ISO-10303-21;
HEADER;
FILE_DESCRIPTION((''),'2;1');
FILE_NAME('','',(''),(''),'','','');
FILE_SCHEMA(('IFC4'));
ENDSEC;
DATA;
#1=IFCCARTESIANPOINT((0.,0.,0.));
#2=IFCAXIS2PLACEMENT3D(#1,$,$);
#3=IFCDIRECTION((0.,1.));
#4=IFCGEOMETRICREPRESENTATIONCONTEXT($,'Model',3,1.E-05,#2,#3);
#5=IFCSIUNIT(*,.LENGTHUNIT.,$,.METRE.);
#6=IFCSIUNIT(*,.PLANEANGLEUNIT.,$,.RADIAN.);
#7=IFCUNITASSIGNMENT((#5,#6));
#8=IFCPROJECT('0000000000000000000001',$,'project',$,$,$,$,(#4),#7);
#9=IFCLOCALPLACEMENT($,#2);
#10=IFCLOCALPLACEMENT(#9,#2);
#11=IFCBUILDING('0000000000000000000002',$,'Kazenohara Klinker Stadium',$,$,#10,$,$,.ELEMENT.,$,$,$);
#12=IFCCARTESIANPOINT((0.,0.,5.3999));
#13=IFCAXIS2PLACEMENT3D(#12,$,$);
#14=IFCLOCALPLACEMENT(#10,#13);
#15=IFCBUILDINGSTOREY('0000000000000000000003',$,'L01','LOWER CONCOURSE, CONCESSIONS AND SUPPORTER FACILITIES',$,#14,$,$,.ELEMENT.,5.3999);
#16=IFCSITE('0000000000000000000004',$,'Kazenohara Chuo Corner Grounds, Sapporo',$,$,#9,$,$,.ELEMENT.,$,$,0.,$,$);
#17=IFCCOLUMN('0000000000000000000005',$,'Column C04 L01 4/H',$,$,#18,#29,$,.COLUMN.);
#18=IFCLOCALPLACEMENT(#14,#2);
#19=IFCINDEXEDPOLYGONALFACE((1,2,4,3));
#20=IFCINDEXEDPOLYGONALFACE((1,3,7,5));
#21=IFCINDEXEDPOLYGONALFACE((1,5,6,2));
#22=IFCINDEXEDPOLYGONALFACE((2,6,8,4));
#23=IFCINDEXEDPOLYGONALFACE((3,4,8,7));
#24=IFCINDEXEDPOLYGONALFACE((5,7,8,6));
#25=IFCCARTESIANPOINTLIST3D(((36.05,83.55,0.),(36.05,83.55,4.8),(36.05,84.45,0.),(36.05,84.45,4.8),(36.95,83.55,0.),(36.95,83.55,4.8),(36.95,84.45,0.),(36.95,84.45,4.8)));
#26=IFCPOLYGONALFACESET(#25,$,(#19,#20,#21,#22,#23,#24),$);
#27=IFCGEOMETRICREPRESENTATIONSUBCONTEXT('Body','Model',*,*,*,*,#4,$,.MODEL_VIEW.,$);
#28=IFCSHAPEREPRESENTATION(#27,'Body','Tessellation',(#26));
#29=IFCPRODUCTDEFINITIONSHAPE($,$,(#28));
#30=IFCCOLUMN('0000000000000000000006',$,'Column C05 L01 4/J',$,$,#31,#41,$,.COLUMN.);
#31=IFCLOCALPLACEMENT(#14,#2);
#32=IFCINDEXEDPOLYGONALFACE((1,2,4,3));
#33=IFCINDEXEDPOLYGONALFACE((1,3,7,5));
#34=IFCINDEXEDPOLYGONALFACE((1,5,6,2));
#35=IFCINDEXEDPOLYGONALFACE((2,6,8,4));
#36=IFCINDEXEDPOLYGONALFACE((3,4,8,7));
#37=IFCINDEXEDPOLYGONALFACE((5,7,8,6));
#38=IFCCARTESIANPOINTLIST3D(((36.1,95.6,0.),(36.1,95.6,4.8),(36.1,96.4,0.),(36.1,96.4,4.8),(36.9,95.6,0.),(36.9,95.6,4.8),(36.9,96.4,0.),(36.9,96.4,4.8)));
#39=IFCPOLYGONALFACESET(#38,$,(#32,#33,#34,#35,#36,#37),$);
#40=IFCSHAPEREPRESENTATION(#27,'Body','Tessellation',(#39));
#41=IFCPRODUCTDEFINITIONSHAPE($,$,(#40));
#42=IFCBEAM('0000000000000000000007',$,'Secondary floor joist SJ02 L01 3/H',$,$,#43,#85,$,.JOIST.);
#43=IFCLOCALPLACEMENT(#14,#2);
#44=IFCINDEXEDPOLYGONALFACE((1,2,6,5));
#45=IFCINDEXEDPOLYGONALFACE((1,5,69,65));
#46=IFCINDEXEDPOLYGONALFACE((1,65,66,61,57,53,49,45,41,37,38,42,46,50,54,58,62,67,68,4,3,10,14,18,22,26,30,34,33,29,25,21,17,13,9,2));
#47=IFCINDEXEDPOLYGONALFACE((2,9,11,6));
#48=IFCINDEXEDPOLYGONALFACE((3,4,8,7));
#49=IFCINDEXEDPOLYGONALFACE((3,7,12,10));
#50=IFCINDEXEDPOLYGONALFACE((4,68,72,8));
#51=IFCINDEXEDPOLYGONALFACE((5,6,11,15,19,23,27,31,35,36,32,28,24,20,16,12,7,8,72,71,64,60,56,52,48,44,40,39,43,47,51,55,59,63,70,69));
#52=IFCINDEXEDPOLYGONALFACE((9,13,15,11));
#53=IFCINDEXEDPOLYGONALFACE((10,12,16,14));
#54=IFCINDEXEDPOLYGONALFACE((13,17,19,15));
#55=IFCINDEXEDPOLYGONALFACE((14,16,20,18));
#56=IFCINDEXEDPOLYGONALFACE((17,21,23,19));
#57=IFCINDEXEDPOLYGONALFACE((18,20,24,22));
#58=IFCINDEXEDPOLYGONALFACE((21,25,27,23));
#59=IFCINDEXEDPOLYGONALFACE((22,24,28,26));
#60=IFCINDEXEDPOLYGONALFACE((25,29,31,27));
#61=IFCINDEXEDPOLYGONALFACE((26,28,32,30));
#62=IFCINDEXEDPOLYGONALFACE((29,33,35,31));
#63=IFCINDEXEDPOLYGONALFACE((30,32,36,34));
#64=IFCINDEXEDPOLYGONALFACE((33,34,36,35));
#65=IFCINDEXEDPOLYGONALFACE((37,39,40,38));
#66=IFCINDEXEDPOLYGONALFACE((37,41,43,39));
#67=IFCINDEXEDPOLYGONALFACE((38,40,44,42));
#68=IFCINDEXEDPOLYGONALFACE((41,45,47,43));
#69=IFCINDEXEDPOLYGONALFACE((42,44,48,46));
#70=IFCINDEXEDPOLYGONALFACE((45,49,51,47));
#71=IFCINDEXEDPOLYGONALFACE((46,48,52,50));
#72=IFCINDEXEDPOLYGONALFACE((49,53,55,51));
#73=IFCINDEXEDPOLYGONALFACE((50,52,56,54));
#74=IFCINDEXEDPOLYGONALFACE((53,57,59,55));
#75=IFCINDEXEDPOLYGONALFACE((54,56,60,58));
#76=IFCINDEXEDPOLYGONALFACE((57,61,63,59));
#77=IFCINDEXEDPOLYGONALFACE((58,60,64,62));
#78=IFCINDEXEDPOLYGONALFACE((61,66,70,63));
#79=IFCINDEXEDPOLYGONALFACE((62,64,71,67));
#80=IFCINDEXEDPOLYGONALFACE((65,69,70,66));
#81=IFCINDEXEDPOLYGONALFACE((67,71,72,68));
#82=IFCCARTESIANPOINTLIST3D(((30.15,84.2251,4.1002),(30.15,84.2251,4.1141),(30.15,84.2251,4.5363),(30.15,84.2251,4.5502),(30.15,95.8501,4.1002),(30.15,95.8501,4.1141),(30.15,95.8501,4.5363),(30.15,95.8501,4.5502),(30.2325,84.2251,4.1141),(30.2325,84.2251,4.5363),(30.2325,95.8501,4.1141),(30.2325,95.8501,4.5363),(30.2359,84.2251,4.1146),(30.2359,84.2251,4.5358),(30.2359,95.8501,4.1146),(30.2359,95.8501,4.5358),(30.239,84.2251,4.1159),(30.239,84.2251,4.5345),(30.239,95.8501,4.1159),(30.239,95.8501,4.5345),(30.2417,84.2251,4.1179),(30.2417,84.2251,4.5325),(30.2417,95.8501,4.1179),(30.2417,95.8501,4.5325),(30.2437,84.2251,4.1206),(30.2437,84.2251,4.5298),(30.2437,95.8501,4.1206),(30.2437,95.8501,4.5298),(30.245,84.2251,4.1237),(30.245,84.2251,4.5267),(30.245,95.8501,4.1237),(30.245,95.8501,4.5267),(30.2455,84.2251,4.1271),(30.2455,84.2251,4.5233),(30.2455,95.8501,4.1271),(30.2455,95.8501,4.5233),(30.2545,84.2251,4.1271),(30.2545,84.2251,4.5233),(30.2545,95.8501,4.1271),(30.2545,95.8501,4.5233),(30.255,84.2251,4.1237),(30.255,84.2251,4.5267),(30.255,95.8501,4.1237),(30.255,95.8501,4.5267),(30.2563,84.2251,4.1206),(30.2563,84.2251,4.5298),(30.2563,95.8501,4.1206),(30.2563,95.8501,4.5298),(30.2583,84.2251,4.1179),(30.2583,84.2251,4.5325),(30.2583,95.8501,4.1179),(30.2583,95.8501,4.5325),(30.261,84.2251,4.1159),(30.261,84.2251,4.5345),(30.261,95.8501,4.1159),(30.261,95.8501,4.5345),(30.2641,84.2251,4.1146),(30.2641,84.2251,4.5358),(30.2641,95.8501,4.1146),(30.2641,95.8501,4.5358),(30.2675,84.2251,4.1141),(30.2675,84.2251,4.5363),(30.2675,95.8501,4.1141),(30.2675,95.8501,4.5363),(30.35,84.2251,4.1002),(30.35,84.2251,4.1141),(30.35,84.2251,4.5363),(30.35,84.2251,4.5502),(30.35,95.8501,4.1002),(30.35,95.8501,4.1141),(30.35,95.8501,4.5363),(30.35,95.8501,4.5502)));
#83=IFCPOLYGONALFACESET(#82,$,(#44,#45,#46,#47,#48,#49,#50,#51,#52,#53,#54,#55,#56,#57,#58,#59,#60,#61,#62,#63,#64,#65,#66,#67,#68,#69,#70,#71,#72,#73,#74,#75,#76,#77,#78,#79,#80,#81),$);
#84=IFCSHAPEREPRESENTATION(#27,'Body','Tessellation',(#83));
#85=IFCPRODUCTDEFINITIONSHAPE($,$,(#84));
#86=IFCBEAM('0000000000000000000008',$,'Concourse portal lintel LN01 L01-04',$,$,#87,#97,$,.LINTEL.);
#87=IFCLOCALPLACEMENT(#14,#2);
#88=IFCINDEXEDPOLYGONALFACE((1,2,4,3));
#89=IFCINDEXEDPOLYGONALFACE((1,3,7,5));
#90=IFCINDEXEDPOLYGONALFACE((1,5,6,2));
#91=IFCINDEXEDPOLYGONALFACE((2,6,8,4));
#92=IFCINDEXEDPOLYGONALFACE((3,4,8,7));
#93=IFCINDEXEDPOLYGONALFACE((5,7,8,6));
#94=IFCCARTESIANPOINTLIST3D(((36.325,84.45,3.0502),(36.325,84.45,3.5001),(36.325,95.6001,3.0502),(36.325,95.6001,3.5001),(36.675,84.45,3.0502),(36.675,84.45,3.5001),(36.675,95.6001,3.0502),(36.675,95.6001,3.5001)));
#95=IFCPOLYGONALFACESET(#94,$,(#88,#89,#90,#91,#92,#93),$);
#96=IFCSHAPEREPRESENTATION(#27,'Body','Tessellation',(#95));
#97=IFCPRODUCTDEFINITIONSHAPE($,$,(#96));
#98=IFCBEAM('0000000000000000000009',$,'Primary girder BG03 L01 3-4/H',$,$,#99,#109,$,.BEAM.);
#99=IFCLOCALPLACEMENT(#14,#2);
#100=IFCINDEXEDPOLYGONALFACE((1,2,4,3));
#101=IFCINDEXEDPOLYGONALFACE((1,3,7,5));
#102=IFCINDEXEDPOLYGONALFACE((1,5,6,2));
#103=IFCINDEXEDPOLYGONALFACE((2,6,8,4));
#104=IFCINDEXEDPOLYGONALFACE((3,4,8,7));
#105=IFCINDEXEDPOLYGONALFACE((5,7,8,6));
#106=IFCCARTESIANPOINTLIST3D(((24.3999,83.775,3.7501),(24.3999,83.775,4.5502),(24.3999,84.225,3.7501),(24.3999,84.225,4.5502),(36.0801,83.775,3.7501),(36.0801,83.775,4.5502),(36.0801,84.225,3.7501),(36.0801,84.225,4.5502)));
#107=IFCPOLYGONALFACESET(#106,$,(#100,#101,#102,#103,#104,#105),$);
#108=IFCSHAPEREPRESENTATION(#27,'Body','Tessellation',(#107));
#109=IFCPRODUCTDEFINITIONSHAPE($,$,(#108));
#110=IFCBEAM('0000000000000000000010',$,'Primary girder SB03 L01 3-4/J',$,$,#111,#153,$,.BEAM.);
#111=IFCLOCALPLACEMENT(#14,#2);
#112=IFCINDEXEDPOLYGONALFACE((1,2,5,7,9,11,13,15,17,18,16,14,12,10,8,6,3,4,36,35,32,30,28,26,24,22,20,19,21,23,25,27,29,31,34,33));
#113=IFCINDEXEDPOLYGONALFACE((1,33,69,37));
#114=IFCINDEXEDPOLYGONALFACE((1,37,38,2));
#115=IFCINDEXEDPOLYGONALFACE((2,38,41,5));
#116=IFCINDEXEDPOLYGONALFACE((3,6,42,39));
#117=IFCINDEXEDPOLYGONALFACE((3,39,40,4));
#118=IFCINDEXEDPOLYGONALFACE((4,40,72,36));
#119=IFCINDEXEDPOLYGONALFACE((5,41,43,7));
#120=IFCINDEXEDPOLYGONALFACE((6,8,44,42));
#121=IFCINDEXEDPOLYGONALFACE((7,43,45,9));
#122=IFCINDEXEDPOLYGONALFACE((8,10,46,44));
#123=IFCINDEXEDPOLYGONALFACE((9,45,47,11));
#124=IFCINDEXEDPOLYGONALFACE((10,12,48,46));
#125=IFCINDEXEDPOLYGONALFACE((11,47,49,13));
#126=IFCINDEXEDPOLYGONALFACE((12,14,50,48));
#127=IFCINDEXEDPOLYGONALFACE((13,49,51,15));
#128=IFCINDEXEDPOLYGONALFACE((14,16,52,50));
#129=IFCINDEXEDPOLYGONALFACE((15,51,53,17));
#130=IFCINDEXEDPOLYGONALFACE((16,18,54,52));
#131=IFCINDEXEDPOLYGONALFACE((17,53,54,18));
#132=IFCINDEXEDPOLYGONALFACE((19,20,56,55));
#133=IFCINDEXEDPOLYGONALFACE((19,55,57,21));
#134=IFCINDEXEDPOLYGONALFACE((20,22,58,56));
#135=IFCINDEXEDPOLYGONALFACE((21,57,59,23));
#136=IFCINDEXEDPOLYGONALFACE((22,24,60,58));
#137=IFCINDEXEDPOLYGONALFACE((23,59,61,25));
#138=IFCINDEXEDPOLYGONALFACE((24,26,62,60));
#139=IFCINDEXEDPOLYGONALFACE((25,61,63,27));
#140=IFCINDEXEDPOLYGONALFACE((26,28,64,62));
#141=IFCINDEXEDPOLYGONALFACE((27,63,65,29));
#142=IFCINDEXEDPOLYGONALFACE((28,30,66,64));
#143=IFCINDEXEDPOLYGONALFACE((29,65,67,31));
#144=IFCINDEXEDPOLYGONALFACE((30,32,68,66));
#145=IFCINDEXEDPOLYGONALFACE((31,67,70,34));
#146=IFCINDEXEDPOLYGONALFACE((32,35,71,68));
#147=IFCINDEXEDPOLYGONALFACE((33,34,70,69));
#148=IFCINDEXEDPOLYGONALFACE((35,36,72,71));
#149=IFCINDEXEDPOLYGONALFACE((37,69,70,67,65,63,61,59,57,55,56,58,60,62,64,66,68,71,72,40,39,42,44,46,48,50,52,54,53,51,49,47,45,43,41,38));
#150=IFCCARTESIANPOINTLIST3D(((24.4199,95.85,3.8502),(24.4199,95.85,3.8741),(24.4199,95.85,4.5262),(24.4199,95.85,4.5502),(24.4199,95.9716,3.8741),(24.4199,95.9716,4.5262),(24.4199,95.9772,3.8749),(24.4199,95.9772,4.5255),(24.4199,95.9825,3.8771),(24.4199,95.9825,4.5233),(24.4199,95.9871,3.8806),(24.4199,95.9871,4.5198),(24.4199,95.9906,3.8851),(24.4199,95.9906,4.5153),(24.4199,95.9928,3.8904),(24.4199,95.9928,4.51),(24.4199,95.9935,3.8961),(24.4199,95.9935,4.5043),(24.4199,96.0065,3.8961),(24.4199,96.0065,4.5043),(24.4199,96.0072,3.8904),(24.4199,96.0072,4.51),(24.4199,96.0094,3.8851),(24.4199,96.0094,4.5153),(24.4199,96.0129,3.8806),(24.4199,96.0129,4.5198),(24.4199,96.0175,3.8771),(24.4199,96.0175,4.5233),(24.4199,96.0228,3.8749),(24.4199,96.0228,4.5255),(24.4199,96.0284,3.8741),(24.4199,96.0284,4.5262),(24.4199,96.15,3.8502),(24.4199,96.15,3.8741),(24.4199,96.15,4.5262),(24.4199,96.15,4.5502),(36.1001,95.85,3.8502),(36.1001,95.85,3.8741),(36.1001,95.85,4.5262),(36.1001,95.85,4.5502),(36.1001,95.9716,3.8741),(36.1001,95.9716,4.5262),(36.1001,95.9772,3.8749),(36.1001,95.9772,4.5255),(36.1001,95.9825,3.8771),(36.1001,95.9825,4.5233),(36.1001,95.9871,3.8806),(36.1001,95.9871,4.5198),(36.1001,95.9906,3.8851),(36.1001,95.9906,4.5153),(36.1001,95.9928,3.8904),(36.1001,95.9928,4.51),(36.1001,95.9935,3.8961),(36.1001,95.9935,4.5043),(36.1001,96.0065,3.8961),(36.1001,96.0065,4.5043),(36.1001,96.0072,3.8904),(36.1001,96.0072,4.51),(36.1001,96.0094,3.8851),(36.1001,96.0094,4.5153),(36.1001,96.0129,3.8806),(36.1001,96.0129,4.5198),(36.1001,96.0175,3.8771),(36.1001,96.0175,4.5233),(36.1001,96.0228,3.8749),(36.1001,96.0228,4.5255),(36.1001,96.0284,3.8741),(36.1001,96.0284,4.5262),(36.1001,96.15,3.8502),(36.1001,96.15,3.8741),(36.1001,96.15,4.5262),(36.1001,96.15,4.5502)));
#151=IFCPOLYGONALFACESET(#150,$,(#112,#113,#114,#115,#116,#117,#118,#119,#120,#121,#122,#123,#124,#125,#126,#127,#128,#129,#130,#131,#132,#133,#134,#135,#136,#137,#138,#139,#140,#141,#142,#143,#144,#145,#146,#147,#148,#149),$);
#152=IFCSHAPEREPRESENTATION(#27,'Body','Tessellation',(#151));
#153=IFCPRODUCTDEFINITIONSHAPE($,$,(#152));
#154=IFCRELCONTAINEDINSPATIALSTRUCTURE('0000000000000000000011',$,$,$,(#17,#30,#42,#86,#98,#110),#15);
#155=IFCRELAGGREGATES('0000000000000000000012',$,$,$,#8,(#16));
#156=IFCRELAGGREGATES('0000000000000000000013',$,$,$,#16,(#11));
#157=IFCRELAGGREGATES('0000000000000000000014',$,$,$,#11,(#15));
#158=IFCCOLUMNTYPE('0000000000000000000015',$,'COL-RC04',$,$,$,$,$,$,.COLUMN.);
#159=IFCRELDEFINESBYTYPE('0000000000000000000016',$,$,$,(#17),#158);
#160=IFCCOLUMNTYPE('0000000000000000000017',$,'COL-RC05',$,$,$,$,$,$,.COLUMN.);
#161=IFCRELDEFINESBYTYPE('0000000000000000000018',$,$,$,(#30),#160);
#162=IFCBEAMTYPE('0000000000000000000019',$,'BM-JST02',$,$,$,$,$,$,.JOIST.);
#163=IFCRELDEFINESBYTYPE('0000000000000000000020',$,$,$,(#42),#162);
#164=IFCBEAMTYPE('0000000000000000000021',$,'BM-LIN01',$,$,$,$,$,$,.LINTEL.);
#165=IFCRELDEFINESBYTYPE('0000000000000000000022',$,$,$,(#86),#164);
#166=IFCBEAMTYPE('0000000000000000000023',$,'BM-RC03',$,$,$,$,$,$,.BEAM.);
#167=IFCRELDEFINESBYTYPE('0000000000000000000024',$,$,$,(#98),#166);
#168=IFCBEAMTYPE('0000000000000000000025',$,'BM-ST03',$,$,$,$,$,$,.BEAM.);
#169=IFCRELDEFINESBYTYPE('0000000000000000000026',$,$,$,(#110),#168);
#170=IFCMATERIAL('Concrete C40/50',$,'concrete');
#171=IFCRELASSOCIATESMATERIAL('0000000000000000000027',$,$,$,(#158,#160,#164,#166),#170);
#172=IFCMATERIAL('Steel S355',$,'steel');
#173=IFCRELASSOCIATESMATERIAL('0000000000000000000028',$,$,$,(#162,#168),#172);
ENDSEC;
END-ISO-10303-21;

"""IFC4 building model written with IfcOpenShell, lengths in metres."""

from ifc_helpers import new_model, si_unit, direction, frame, origin, origin_2d, place, context, subcontext, project, spatial, rectangle, i_section, extrude, material, material_profile, profile_set, type_object, element, save


model = new_model("IFC4")

# Units and contexts
model_context = context("Model", 3, precision=1e-05, world=origin(), true_north=direction((0.0, 1.0)))
body_context = subcontext(model_context, "Body", "Model", "MODEL_VIEW")
ifc_project = project(units=[si_unit("LENGTHUNIT", "METRE"), si_unit("PLANEANGLEUNIT", "RADIAN")], contexts=[model_context])

# Site, building, storey
site_placement = place(None, origin())
site = spatial("IfcSite", under=ifc_project, at=site_placement, Name="Kazenohara Chuo Corner Grounds, Sapporo", CompositionType="ELEMENT", RefElevation=0.0)
building_placement = place(site_placement, origin())
building = spatial("IfcBuilding", under=site, at=building_placement, Name="Kazenohara Klinker Stadium", CompositionType="ELEMENT")
storey_placement = place(building_placement, frame((0.0, 0.0, 5.3999)))
storey = spatial("IfcBuildingStorey", under=building, at=storey_placement, Name="L01", Description="LOWER CONCOURSE, CONCESSIONS AND SUPPORTER FACILITIES", CompositionType="ELEMENT", Elevation=5.3999)

# Columns
ifc_material_1 = material(Name="Concrete C40/50", Category="concrete")
ifc_material_profile_1 = material_profile(ifc_material_1, rectangle(XDim=0.8999, YDim=0.8999, at=origin_2d()), Name="RC-COL-900x900")
ifc_profile_set_1 = profile_set([ifc_material_profile_1], Name="Concrete C40/50")
column_type_1 = type_object("IfcColumnType", Name="COL-RC04", PredefinedType="COLUMN", material=ifc_profile_set_1)
column_1_placement = place(storey_placement, frame((36.5, 84.0, 0.0), z_axis=(0.0, 0.0, 1.0), x_axis=(1.0, 0.0, 0.0)))
element("IfcColumn", 1, at=column_1_placement, inside=storey, type_object=column_type_1, Name="Column C04 L01 4/H", PredefinedType="COLUMN", context=body_context, shape_type="SweptSolid", body=[
    extrude(rectangle(XDim=0.8999, YDim=0.8999, at=origin_2d()), origin(), (0.0, 0.0, 1.0), 4.8),
])
ifc_material_profile_2 = material_profile(ifc_material_1, rectangle(XDim=0.8, YDim=0.8, at=origin_2d()), Name="RC-COL-800x800")
ifc_profile_set_2 = profile_set([ifc_material_profile_2], Name="Concrete C40/50")
column_type_2 = type_object("IfcColumnType", Name="COL-RC05", PredefinedType="COLUMN", material=ifc_profile_set_2)
column_2_placement = place(storey_placement, frame((36.5, 96.0, 0.0), z_axis=(0.0, 0.0, 1.0), x_axis=(1.0, 0.0, 0.0)))
element("IfcColumn", 2, at=column_2_placement, inside=storey, type_object=column_type_2, Name="Column C05 L01 4/J", PredefinedType="COLUMN", context=body_context, shape_type="SweptSolid", body=[
    extrude(rectangle(XDim=0.8, YDim=0.8, at=origin_2d()), origin(), (0.0, 0.0, 1.0), 4.8),
])

# Beams
ifc_material_2 = material(Name="Steel S355", Category="steel")
ifc_material_profile_3 = material_profile(ifc_material_2, i_section(OverallWidth=0.2, OverallDepth=0.45, WebThickness=0.009, FlangeThickness=0.0139, FilletRadius=0.0129, at=origin_2d()), Name="H-450x200x9x14")
ifc_profile_set_3 = profile_set([ifc_material_profile_3], Name="Steel S355")
beam_type_1 = type_object("IfcBeamType", Name="BM-JST02", PredefinedType="JOIST", material=ifc_profile_set_3)
beam_1_placement = place(storey_placement, frame((30.25, 84.2251, 4.3252), z_axis=(0.0, 1.0, 0.0), x_axis=(-1.0, 0.0, 0.0)))
element("IfcBeam", 3, at=beam_1_placement, inside=storey, type_object=beam_type_1, Name="Secondary floor joist SJ02 L01 3/H", PredefinedType="JOIST", context=body_context, shape_type="SweptSolid", body=[
    extrude(i_section(OverallWidth=0.2, OverallDepth=0.45, WebThickness=0.009, FlangeThickness=0.0139, FilletRadius=0.0129, at=origin_2d()), origin(), (0.0, 0.0, 1.0), 11.625),
])
ifc_material_profile_4 = material_profile(ifc_material_1, rectangle(XDim=0.3501, YDim=0.45, at=origin_2d()), Name="RC-LINTEL-350x450")
ifc_profile_set_4 = profile_set([ifc_material_profile_4], Name="Concrete C40/50")
beam_type_2 = type_object("IfcBeamType", Name="BM-LIN01", PredefinedType="LINTEL", material=ifc_profile_set_4)
beam_2_placement = place(storey_placement, frame((36.5, 84.45, 3.2751), z_axis=(0.0, 1.0, 0.0), x_axis=(-1.0, 0.0, 0.0)))
element("IfcBeam", 4, at=beam_2_placement, inside=storey, type_object=beam_type_2, Name="Concourse portal lintel LN01 L01-04", PredefinedType="LINTEL", context=body_context, shape_type="SweptSolid", body=[
    extrude(rectangle(XDim=0.3501, YDim=0.45, at=origin_2d()), origin(), (0.0, 0.0, 1.0), 11.1501),
])
ifc_material_profile_5 = material_profile(ifc_material_1, rectangle(XDim=0.45, YDim=0.8, at=origin_2d()), Name="RC-BM-450x800")
ifc_profile_set_5 = profile_set([ifc_material_profile_5], Name="Concrete C40/50")
beam_type_3 = type_object("IfcBeamType", Name="BM-RC03", PredefinedType="BEAM", material=ifc_profile_set_5)
beam_3_placement = place(storey_placement, frame((24.3999, 84.0, 4.1501), z_axis=(1.0, 0.0, 0.0), x_axis=(0.0, 1.0, 0.0)))
element("IfcBeam", 5, at=beam_3_placement, inside=storey, type_object=beam_type_3, Name="Primary girder BG03 L01 3-4/H", PredefinedType="BEAM", context=body_context, shape_type="SweptSolid", body=[
    extrude(rectangle(XDim=0.45, YDim=0.8, at=origin_2d()), origin(), (0.0, 0.0, 1.0), 11.6802),
])
ifc_material_profile_6 = material_profile(ifc_material_2, i_section(OverallWidth=0.3, OverallDepth=0.7, WebThickness=0.0129, FlangeThickness=0.0239, FilletRadius=0.022, at=origin_2d()), Name="H-700x300x13x24")
ifc_profile_set_6 = profile_set([ifc_material_profile_6], Name="Steel S355")
beam_type_4 = type_object("IfcBeamType", Name="BM-ST03", PredefinedType="BEAM", material=ifc_profile_set_6)
beam_4_placement = place(storey_placement, frame((24.4199, 96.0, 4.2002), z_axis=(1.0, 0.0, 0.0), x_axis=(0.0, 1.0, 0.0)))
element("IfcBeam", 6, at=beam_4_placement, inside=storey, type_object=beam_type_4, Name="Primary girder SB03 L01 3-4/J", PredefinedType="BEAM", context=body_context, shape_type="SweptSolid", body=[
    extrude(i_section(OverallWidth=0.3, OverallDepth=0.7, WebThickness=0.0129, FlangeThickness=0.0239, FilletRadius=0.022, at=origin_2d()), origin(), (0.0, 0.0, 1.0), 11.6802),
])

save(model, "model.ifc")
